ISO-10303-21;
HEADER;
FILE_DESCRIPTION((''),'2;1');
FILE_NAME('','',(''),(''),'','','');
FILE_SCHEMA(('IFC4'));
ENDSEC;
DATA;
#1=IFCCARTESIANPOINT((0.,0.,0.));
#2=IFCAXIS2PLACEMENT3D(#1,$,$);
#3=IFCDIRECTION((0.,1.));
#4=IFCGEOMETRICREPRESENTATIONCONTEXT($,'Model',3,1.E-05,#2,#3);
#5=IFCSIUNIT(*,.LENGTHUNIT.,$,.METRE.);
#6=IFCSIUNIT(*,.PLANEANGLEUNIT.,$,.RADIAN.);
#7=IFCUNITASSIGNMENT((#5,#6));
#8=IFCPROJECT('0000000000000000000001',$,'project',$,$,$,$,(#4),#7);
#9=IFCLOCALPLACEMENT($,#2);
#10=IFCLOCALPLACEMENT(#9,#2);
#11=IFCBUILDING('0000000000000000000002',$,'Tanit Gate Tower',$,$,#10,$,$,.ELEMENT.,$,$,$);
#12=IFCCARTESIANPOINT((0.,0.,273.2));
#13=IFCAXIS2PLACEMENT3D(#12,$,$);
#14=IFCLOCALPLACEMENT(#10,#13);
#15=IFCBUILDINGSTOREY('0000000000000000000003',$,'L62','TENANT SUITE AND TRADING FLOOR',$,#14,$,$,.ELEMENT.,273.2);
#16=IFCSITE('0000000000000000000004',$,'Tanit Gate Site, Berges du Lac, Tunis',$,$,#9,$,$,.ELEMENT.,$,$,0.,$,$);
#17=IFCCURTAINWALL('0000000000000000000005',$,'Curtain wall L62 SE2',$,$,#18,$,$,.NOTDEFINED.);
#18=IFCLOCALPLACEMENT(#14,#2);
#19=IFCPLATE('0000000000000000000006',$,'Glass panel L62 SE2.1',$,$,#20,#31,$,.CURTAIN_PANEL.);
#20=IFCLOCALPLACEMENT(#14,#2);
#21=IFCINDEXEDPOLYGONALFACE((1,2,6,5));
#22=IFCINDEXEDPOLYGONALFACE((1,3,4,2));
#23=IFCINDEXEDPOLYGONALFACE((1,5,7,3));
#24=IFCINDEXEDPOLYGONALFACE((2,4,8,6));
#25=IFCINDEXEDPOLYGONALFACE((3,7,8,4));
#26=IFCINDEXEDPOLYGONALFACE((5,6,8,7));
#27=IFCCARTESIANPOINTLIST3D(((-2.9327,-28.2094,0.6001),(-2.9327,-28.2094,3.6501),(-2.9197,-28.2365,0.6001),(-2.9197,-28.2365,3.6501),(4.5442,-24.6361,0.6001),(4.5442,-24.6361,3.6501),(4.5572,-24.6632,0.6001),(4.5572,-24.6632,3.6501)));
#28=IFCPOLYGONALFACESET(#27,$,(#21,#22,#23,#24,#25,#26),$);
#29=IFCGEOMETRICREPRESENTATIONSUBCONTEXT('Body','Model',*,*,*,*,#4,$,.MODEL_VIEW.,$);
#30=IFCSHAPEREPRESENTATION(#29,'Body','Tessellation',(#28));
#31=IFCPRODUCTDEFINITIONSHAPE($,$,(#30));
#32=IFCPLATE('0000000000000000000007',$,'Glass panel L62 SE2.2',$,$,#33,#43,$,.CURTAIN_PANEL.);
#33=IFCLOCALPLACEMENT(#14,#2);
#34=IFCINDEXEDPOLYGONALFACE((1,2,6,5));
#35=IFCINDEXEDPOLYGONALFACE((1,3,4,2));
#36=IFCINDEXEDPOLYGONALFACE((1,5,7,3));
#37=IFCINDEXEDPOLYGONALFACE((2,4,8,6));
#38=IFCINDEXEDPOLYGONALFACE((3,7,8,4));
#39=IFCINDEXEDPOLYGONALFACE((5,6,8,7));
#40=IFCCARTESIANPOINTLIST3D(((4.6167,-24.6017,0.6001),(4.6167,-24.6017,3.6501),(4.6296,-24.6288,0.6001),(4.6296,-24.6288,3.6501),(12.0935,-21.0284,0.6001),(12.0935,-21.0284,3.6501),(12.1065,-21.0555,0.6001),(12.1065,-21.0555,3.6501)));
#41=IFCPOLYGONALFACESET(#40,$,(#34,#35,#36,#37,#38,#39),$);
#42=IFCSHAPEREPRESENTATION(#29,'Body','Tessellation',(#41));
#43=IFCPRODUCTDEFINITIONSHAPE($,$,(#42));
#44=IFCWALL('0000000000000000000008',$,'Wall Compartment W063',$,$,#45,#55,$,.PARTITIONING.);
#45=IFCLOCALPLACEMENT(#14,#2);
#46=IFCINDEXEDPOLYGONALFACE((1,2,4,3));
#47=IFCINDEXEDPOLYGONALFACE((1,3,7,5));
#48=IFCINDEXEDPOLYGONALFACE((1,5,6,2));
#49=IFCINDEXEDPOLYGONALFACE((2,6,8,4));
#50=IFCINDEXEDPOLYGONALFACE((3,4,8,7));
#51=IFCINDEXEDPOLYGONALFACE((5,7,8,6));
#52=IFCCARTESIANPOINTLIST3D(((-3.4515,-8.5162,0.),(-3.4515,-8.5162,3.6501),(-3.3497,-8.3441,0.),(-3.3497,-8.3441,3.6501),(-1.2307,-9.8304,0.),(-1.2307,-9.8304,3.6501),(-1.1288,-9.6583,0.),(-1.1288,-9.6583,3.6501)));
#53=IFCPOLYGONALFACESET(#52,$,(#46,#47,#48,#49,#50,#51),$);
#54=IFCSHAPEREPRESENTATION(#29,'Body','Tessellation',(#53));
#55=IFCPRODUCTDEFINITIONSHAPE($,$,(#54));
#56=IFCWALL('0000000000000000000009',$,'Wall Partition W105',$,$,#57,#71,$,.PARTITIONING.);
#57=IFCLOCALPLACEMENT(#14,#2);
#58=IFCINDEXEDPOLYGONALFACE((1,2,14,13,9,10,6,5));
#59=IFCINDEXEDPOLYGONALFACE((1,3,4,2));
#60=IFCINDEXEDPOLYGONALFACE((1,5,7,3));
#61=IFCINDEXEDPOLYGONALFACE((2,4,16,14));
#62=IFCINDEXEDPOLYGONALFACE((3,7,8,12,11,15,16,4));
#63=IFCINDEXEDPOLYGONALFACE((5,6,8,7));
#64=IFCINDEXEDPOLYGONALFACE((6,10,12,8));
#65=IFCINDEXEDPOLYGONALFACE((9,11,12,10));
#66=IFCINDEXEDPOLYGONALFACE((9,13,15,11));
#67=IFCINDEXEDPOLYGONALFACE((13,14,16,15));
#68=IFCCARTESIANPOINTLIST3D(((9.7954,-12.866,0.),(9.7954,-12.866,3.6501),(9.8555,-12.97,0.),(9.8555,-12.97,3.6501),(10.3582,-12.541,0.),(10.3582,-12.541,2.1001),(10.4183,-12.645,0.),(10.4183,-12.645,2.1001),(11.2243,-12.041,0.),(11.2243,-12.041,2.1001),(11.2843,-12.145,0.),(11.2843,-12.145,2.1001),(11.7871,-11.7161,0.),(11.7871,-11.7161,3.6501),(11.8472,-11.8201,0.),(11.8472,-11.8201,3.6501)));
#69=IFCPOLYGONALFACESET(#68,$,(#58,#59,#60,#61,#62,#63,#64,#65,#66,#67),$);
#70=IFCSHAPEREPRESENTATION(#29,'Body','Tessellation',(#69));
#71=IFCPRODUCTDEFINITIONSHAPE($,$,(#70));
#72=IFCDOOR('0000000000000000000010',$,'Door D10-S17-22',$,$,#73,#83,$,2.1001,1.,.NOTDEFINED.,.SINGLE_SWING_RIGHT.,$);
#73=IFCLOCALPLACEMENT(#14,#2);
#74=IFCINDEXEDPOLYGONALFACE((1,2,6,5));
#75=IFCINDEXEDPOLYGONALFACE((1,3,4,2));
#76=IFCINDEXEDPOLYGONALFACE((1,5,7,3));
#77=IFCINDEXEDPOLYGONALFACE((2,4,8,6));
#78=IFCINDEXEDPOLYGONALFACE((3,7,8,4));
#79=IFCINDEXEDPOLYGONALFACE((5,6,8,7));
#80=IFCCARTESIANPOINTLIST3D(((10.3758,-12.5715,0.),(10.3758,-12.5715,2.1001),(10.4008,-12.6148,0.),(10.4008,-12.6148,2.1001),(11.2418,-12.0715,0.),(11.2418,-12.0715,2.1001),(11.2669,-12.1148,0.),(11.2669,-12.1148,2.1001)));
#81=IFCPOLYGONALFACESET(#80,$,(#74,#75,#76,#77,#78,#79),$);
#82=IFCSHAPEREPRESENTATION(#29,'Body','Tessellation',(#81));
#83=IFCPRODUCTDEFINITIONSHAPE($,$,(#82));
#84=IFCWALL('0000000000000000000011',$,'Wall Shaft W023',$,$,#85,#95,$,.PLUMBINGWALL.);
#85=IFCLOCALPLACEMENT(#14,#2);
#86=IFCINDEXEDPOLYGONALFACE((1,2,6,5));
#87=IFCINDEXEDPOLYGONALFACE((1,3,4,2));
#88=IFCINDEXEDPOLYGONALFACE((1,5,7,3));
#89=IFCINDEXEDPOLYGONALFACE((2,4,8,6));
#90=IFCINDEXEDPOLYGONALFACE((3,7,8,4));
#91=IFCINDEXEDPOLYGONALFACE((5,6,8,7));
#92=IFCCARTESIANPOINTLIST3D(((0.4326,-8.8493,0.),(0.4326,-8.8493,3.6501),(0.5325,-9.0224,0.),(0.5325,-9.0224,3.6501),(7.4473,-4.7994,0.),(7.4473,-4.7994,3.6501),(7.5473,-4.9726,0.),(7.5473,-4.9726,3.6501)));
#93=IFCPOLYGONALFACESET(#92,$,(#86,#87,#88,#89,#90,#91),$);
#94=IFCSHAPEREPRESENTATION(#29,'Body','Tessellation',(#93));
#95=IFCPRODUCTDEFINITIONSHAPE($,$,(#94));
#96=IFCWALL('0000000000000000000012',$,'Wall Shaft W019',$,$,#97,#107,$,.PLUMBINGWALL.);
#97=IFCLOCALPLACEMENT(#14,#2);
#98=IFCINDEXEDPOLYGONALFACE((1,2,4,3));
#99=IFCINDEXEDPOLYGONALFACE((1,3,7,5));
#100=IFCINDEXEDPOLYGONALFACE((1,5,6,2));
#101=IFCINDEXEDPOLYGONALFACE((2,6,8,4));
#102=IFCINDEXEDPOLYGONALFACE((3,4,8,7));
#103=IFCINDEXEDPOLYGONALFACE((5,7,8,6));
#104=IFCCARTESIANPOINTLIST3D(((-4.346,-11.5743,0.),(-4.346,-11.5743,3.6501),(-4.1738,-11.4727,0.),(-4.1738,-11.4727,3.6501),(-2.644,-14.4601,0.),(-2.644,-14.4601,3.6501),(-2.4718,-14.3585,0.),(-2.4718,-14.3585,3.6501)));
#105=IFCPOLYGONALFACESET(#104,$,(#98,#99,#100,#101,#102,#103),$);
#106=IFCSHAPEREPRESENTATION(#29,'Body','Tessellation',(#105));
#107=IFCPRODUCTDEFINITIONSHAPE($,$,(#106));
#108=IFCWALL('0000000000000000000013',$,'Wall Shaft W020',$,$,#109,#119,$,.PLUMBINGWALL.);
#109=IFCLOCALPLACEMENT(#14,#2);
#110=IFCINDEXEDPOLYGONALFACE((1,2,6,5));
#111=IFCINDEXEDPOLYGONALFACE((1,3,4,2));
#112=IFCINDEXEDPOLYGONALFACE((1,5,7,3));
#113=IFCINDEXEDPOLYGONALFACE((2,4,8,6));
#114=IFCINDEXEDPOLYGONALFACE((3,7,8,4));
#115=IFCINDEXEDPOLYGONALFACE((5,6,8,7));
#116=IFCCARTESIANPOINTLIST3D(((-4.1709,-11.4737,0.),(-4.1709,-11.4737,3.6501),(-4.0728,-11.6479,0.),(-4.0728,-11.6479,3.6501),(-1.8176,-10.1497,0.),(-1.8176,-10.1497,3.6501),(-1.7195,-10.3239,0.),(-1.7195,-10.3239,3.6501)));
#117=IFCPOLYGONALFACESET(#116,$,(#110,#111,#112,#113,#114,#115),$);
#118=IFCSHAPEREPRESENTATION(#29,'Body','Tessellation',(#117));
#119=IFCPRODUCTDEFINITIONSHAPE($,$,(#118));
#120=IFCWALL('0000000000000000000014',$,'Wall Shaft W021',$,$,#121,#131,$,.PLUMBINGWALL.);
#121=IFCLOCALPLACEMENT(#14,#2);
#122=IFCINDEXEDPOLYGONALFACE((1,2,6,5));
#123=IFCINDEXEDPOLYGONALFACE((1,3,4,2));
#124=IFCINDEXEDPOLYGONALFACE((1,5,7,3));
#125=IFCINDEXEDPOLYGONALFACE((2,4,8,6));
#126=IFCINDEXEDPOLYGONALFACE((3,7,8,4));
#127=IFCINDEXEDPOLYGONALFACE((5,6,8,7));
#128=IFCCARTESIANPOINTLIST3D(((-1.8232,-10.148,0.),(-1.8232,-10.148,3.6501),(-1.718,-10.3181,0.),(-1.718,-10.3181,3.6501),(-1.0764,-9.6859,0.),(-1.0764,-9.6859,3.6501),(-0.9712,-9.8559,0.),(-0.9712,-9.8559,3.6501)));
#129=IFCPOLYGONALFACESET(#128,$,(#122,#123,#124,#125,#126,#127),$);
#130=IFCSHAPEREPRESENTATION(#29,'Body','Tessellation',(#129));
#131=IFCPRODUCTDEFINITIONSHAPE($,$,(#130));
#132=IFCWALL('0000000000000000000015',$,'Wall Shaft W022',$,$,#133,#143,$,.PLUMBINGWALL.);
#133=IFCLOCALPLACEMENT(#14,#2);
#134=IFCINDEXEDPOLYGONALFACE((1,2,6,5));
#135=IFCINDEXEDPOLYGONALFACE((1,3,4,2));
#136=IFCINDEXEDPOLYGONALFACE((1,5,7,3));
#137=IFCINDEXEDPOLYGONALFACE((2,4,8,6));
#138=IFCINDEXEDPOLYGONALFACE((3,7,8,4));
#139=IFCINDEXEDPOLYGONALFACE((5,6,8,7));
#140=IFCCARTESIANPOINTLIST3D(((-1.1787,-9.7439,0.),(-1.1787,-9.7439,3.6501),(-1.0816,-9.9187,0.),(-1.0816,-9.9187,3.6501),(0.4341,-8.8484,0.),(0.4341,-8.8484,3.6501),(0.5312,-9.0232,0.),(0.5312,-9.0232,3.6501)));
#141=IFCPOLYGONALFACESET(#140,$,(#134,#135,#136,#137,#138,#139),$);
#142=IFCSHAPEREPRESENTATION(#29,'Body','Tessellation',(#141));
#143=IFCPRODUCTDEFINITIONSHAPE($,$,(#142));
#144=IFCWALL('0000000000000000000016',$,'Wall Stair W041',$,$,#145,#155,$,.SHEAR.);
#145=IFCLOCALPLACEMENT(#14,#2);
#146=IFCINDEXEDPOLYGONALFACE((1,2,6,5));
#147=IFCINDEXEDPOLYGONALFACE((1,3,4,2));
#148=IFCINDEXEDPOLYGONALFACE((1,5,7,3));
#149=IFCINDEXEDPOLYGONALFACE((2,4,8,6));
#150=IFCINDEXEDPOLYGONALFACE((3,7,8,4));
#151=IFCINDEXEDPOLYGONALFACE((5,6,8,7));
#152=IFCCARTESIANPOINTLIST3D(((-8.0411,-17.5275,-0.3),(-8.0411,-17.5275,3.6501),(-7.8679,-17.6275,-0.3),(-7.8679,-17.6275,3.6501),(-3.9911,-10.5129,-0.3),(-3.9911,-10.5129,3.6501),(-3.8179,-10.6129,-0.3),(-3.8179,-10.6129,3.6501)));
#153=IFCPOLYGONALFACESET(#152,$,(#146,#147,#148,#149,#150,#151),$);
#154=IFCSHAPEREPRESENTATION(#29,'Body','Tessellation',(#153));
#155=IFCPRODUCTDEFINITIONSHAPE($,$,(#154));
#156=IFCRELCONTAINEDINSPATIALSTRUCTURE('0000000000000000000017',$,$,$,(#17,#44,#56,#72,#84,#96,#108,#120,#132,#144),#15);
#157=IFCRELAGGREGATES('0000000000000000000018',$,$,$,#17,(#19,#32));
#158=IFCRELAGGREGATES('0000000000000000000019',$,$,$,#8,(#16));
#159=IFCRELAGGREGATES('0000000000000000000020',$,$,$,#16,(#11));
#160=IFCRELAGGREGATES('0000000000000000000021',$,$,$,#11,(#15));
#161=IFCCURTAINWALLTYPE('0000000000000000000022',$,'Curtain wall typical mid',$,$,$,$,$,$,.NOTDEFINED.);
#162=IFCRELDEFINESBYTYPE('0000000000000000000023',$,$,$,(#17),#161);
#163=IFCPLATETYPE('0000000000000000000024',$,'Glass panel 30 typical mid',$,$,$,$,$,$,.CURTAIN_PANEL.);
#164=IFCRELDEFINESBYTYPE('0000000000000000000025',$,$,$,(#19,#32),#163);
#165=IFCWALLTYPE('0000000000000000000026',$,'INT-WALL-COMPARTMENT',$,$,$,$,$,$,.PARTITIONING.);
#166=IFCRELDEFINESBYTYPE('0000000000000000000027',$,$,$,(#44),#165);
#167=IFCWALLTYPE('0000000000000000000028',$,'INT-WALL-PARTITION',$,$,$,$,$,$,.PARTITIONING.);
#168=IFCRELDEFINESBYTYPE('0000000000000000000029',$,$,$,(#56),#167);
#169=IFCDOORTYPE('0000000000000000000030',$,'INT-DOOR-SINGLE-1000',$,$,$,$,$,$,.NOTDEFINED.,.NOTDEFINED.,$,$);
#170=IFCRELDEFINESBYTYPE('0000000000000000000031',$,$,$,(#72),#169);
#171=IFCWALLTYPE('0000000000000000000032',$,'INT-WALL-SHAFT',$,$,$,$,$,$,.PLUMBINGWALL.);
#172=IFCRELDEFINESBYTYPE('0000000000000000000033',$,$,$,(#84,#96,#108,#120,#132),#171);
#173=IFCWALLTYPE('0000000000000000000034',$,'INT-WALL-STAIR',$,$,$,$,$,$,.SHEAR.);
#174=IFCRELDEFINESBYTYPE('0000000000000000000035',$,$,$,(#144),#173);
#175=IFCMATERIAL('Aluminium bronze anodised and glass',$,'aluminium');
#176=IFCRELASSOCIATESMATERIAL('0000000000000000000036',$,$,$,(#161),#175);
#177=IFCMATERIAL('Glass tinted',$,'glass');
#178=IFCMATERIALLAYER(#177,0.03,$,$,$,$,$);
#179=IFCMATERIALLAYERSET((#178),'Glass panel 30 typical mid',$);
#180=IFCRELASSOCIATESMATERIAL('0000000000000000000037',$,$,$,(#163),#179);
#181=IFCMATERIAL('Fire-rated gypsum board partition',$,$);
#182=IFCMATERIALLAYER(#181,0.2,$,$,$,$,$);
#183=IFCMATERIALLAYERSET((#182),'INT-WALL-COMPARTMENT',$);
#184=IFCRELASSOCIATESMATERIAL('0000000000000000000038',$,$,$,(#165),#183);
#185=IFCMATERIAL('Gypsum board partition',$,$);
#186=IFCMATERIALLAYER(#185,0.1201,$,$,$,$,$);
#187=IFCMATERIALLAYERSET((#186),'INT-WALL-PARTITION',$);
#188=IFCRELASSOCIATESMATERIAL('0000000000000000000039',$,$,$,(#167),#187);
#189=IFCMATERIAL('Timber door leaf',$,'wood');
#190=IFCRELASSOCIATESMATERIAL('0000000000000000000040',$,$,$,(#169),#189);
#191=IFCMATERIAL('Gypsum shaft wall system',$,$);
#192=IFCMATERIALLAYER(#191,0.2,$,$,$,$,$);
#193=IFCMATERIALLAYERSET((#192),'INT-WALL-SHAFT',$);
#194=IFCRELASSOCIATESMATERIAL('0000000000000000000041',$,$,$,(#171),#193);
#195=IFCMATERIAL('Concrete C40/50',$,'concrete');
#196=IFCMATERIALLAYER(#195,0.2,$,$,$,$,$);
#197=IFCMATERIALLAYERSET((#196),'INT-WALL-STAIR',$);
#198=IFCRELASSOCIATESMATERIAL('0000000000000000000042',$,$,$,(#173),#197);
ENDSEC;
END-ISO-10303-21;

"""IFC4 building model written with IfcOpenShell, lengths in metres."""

from ifc_helpers import new_model, si_unit, direction, frame, frame_2d, origin, origin_2d, place, context, subcontext, project, spatial, rectangle, extrude, material, layer, layer_set, type_object, element, fill, aggregate, save


model = new_model("IFC4")

# Units and contexts
model_context = context("Model", 3, precision=1e-05, world=origin(), true_north=direction((0.0, 1.0)))
body_context = subcontext(model_context, "Body", "Model", "MODEL_VIEW")
ifc_project = project(units=[si_unit("LENGTHUNIT", "METRE"), si_unit("PLANEANGLEUNIT", "RADIAN")], contexts=[model_context])

# Site, building, storey
site_placement = place(None, origin())
site = spatial("IfcSite", under=ifc_project, at=site_placement, Name="Tanit Gate Site, Berges du Lac, Tunis", CompositionType="ELEMENT", RefElevation=0.0)
building_placement = place(site_placement, origin())
building = spatial("IfcBuilding", under=site, at=building_placement, Name="Tanit Gate Tower", CompositionType="ELEMENT")
storey_placement = place(building_placement, frame((0.0, 0.0, 273.2)))
storey = spatial("IfcBuildingStorey", under=building, at=storey_placement, Name="L62", Description="TENANT SUITE AND TRADING FLOOR", CompositionType="ELEMENT", Elevation=273.2)

# Curtain wall
ifc_material_1 = material(Name="Aluminium bronze anodised and glass", Category="aluminium")
curtain_wall_type = type_object("IfcCurtainWallType", Name="Curtain wall typical mid", PredefinedType="NOTDEFINED", material=ifc_material_1)
curtain_wall_1_placement = place(storey_placement, origin())
curtain_wall_1 = element("IfcCurtainWall", 1, at=curtain_wall_1_placement, inside=storey, type_object=curtain_wall_type, Name="Curtain wall L62 SE2", PredefinedType="NOTDEFINED")

# Plates
ifc_material_2 = material(Name="Glass tinted", Category="glass")
ifc_layer_1 = layer(ifc_material_2, 0.03)
ifc_layer_set_1 = layer_set([ifc_layer_1], Name="Glass panel 30 typical mid")
plate_type = type_object("IfcPlateType", Name="Glass panel 30 typical mid", PredefinedType="CURTAIN_PANEL", material=ifc_layer_set_1)
plate_1_placement = place(storey_placement, frame((0.8123, -26.4363, 0.6001), z_axis=(0.0, 0.0, 1.0), x_axis=(0.902258, 0.431197, 0.0)))
plate_1 = element("IfcPlate", 2, at=plate_1_placement, type_object=plate_type, Name="Glass panel L62 SE2.1", PredefinedType="CURTAIN_PANEL", context=body_context, shape_type="SweptSolid", body=[
    extrude(rectangle(XDim=8.2869, YDim=0.03, at=origin_2d()), origin(), (0.0, 0.0, 1.0), 3.05),
])
plate_2_placement = place(storey_placement, frame((8.3616, -22.8286, 0.6001), z_axis=(0.0, 0.0, 1.0), x_axis=(0.902258, 0.431197, 0.0)))
plate_2 = element("IfcPlate", 3, at=plate_2_placement, type_object=plate_type, Name="Glass panel L62 SE2.2", PredefinedType="CURTAIN_PANEL", context=body_context, shape_type="SweptSolid", body=[
    extrude(rectangle(XDim=8.2869, YDim=0.03, at=origin_2d()), origin(), (0.0, 0.0, 1.0), 3.05),
])
aggregate(curtain_wall_1, [plate_1, plate_2])

# Wall
ifc_material_3 = material(Name="Fire-rated gypsum board partition")
ifc_layer_2 = layer(ifc_material_3, 0.2)
ifc_layer_set_2 = layer_set([ifc_layer_2], Name="INT-WALL-COMPARTMENT")
wall_type_1 = type_object("IfcWallType", Name="INT-WALL-COMPARTMENT", PredefinedType="PARTITIONING", material=ifc_layer_set_2)
wall_1_placement = place(storey_placement, frame((-3.4006, -8.4302, 0.0), z_axis=(0.0, 0.0, 1.0), x_axis=(0.860616, -0.509255, 0.0)))
element("IfcWall", 4, at=wall_1_placement, inside=storey, type_object=wall_type_1, Name="Wall Compartment W063", PredefinedType="PARTITIONING", context=body_context, shape_type="SweptSolid", body=[
    extrude(rectangle(XDim=2.5806, YDim=0.2, at=frame_2d((1.2903, 0.0))), origin(), (0.0, 0.0, 1.0), 3.6501),
])

# Wall, opening, door
ifc_material_4 = material(Name="Gypsum board partition")
ifc_layer_3 = layer(ifc_material_4, 0.1201)
ifc_layer_set_3 = layer_set([ifc_layer_3], Name="INT-WALL-PARTITION")
wall_type_2 = type_object("IfcWallType", Name="INT-WALL-PARTITION", PredefinedType="PARTITIONING", material=ifc_layer_set_3)
wall_2_placement = place(storey_placement, frame((9.8254, -12.918, 0.0), z_axis=(0.0, 0.0, 1.0), x_axis=(0.866026, 0.499998, 0.0)))
wall_2 = element("IfcWall", 5, at=wall_2_placement, inside=storey, type_object=wall_type_2, Name="Wall Partition W105", PredefinedType="PARTITIONING", context=body_context, shape_type="SweptSolid", body=[
    extrude(rectangle(XDim=2.2998, YDim=0.1201, at=frame_2d((1.1499, 0.0))), origin(), (0.0, 0.0, 1.0), 3.6501),
])
opening_placement = place(wall_2_placement, frame((0.6499, 0.0, 0.0)))
opening = element("IfcOpeningElement", 6, at=opening_placement, cuts=wall_2, PredefinedType="OPENING", context=body_context, shape_type="SweptSolid", body=[
    extrude(rectangle(XDim=1.0, YDim=2.1001, at=frame_2d((0.5, 1.05))), frame((0.0, 0.0701, 0.0), z_axis=(0.0, -1.0, 0.0), x_axis=(1.0, 0.0, 0.0)), (0.0, 0.0, 1.0), 0.1401),
])
ifc_material_5 = material(Name="Timber door leaf", Category="wood")
door_type = type_object("IfcDoorType", Name="INT-DOOR-SINGLE-1000", OperationType="NOTDEFINED", PredefinedType="NOTDEFINED", material=ifc_material_5)
door_placement = place(opening_placement, origin())
door = element("IfcDoor", 7, at=door_placement, inside=storey, type_object=door_type, Name="Door D10-S17-22", OperationType="SINGLE_SWING_RIGHT", OverallHeight=2.1001, OverallWidth=1.0, PredefinedType="NOTDEFINED", context=body_context, shape_type="SweptSolid", body=[
    extrude(rectangle(XDim=1.0, YDim=2.1001, at=frame_2d((0.5, 1.05))), frame((0.0, 0.0249, 0.0), z_axis=(0.0, -1.0, 0.0), x_axis=(1.0, 0.0, 0.0)), (0.0, 0.0, 1.0), 0.05),
])
fill(opening, door)

# Walls
ifc_material_6 = material(Name="Gypsum shaft wall system")
ifc_layer_4 = layer(ifc_material_6, 0.2)
ifc_layer_set_4 = layer_set([ifc_layer_4], Name="INT-WALL-SHAFT")
wall_type_3 = type_object("IfcWallType", Name="INT-WALL-SHAFT", PredefinedType="PLUMBINGWALL", material=ifc_layer_set_4)
wall_3_placement = place(storey_placement, frame((0.4827, -8.9358, 0.0), z_axis=(0.0, 0.0, 1.0), x_axis=(0.866031, 0.49999, 0.0)))
element("IfcWall", 8, at=wall_3_placement, inside=storey, type_object=wall_type_3, Name="Wall Shaft W023", PredefinedType="PLUMBINGWALL", context=body_context, shape_type="SweptSolid", body=[
    extrude(rectangle(XDim=8.0999, YDim=0.2, at=frame_2d((4.0498, 0.0))), origin(), (0.0, 0.0, 1.0), 3.6501),
])
wall_4_placement = place(storey_placement, frame((-2.5579, -14.4094, 0.0), z_axis=(0.0, 0.0, 1.0), x_axis=(-0.507997, 0.861359, 0.0)))
element("IfcWall", 9, at=wall_4_placement, inside=storey, type_object=wall_type_3, Name="Wall Shaft W019", PredefinedType="PLUMBINGWALL", context=body_context, shape_type="SweptSolid", body=[
    extrude(rectangle(XDim=3.3503, YDim=0.2, at=frame_2d((1.6753, 0.0))), origin(), (0.0, 0.0, 1.0), 3.6501),
])
wall_5_placement = place(storey_placement, frame((-1.7686, -10.2368, 0.0), z_axis=(0.0, 0.0, 1.0), x_axis=(-0.871534, -0.490334, 0.0)))
element("IfcWall", 10, at=wall_5_placement, inside=storey, type_object=wall_type_3, Name="Wall Shaft W020", PredefinedType="PLUMBINGWALL", context=body_context, shape_type="SweptSolid", body=[
    extrude(rectangle(XDim=2.7002, YDim=0.2, at=frame_2d((1.3501, 0.0))), origin(), (0.0, 0.0, 1.0), 3.6501),
])
wall_6_placement = place(storey_placement, frame((-1.0239, -9.771, 0.0), z_axis=(0.0, 0.0, 1.0), x_axis=(-0.850348, -0.526221, 0.0)))
element("IfcWall", 11, at=wall_6_placement, inside=storey, type_object=wall_type_3, Name="Wall Shaft W021", PredefinedType="PLUMBINGWALL", context=body_context, shape_type="SweptSolid", body=[
    extrude(rectangle(XDim=0.8782, YDim=0.2, at=frame_2d((0.439, 0.0))), origin(), (0.0, 0.0, 1.0), 3.6501),
])
wall_7_placement = place(storey_placement, frame((-1.1301, -9.8313, 0.0), z_axis=(0.0, 0.0, 1.0), x_axis=(0.87427, 0.485441, 0.0)))
element("IfcWall", 12, at=wall_7_placement, inside=storey, type_object=wall_type_3, Name="Wall Shaft W022", PredefinedType="PLUMBINGWALL", context=body_context, shape_type="SweptSolid", body=[
    extrude(rectangle(XDim=1.8447, YDim=0.2, at=frame_2d((0.9224, 0.0))), origin(), (0.0, 0.0, 1.0), 3.6501),
])
ifc_material_7 = material(Name="Concrete C40/50", Category="concrete")
ifc_layer_5 = layer(ifc_material_7, 0.2)
ifc_layer_set_5 = layer_set([ifc_layer_5], Name="INT-WALL-STAIR")
wall_type_4 = type_object("IfcWallType", Name="INT-WALL-STAIR", PredefinedType="SHEAR", material=ifc_layer_set_5)
wall_8_placement = place(storey_placement, frame((-3.9045, -10.563, -0.3), z_axis=(0.0, 0.0, 1.0), x_axis=(-0.500013, -0.866018, 0.0)))
element("IfcWall", 13, at=wall_8_placement, inside=storey, type_object=wall_type_4, Name="Wall Stair W041", PredefinedType="SHEAR", context=body_context, shape_type="SweptSolid", body=[
    extrude(rectangle(XDim=8.0999, YDim=0.2, at=frame_2d((4.0498, 0.0))), origin(), (0.0, 0.0, 1.0), 3.9502),
])

save(model, "model.ifc")
